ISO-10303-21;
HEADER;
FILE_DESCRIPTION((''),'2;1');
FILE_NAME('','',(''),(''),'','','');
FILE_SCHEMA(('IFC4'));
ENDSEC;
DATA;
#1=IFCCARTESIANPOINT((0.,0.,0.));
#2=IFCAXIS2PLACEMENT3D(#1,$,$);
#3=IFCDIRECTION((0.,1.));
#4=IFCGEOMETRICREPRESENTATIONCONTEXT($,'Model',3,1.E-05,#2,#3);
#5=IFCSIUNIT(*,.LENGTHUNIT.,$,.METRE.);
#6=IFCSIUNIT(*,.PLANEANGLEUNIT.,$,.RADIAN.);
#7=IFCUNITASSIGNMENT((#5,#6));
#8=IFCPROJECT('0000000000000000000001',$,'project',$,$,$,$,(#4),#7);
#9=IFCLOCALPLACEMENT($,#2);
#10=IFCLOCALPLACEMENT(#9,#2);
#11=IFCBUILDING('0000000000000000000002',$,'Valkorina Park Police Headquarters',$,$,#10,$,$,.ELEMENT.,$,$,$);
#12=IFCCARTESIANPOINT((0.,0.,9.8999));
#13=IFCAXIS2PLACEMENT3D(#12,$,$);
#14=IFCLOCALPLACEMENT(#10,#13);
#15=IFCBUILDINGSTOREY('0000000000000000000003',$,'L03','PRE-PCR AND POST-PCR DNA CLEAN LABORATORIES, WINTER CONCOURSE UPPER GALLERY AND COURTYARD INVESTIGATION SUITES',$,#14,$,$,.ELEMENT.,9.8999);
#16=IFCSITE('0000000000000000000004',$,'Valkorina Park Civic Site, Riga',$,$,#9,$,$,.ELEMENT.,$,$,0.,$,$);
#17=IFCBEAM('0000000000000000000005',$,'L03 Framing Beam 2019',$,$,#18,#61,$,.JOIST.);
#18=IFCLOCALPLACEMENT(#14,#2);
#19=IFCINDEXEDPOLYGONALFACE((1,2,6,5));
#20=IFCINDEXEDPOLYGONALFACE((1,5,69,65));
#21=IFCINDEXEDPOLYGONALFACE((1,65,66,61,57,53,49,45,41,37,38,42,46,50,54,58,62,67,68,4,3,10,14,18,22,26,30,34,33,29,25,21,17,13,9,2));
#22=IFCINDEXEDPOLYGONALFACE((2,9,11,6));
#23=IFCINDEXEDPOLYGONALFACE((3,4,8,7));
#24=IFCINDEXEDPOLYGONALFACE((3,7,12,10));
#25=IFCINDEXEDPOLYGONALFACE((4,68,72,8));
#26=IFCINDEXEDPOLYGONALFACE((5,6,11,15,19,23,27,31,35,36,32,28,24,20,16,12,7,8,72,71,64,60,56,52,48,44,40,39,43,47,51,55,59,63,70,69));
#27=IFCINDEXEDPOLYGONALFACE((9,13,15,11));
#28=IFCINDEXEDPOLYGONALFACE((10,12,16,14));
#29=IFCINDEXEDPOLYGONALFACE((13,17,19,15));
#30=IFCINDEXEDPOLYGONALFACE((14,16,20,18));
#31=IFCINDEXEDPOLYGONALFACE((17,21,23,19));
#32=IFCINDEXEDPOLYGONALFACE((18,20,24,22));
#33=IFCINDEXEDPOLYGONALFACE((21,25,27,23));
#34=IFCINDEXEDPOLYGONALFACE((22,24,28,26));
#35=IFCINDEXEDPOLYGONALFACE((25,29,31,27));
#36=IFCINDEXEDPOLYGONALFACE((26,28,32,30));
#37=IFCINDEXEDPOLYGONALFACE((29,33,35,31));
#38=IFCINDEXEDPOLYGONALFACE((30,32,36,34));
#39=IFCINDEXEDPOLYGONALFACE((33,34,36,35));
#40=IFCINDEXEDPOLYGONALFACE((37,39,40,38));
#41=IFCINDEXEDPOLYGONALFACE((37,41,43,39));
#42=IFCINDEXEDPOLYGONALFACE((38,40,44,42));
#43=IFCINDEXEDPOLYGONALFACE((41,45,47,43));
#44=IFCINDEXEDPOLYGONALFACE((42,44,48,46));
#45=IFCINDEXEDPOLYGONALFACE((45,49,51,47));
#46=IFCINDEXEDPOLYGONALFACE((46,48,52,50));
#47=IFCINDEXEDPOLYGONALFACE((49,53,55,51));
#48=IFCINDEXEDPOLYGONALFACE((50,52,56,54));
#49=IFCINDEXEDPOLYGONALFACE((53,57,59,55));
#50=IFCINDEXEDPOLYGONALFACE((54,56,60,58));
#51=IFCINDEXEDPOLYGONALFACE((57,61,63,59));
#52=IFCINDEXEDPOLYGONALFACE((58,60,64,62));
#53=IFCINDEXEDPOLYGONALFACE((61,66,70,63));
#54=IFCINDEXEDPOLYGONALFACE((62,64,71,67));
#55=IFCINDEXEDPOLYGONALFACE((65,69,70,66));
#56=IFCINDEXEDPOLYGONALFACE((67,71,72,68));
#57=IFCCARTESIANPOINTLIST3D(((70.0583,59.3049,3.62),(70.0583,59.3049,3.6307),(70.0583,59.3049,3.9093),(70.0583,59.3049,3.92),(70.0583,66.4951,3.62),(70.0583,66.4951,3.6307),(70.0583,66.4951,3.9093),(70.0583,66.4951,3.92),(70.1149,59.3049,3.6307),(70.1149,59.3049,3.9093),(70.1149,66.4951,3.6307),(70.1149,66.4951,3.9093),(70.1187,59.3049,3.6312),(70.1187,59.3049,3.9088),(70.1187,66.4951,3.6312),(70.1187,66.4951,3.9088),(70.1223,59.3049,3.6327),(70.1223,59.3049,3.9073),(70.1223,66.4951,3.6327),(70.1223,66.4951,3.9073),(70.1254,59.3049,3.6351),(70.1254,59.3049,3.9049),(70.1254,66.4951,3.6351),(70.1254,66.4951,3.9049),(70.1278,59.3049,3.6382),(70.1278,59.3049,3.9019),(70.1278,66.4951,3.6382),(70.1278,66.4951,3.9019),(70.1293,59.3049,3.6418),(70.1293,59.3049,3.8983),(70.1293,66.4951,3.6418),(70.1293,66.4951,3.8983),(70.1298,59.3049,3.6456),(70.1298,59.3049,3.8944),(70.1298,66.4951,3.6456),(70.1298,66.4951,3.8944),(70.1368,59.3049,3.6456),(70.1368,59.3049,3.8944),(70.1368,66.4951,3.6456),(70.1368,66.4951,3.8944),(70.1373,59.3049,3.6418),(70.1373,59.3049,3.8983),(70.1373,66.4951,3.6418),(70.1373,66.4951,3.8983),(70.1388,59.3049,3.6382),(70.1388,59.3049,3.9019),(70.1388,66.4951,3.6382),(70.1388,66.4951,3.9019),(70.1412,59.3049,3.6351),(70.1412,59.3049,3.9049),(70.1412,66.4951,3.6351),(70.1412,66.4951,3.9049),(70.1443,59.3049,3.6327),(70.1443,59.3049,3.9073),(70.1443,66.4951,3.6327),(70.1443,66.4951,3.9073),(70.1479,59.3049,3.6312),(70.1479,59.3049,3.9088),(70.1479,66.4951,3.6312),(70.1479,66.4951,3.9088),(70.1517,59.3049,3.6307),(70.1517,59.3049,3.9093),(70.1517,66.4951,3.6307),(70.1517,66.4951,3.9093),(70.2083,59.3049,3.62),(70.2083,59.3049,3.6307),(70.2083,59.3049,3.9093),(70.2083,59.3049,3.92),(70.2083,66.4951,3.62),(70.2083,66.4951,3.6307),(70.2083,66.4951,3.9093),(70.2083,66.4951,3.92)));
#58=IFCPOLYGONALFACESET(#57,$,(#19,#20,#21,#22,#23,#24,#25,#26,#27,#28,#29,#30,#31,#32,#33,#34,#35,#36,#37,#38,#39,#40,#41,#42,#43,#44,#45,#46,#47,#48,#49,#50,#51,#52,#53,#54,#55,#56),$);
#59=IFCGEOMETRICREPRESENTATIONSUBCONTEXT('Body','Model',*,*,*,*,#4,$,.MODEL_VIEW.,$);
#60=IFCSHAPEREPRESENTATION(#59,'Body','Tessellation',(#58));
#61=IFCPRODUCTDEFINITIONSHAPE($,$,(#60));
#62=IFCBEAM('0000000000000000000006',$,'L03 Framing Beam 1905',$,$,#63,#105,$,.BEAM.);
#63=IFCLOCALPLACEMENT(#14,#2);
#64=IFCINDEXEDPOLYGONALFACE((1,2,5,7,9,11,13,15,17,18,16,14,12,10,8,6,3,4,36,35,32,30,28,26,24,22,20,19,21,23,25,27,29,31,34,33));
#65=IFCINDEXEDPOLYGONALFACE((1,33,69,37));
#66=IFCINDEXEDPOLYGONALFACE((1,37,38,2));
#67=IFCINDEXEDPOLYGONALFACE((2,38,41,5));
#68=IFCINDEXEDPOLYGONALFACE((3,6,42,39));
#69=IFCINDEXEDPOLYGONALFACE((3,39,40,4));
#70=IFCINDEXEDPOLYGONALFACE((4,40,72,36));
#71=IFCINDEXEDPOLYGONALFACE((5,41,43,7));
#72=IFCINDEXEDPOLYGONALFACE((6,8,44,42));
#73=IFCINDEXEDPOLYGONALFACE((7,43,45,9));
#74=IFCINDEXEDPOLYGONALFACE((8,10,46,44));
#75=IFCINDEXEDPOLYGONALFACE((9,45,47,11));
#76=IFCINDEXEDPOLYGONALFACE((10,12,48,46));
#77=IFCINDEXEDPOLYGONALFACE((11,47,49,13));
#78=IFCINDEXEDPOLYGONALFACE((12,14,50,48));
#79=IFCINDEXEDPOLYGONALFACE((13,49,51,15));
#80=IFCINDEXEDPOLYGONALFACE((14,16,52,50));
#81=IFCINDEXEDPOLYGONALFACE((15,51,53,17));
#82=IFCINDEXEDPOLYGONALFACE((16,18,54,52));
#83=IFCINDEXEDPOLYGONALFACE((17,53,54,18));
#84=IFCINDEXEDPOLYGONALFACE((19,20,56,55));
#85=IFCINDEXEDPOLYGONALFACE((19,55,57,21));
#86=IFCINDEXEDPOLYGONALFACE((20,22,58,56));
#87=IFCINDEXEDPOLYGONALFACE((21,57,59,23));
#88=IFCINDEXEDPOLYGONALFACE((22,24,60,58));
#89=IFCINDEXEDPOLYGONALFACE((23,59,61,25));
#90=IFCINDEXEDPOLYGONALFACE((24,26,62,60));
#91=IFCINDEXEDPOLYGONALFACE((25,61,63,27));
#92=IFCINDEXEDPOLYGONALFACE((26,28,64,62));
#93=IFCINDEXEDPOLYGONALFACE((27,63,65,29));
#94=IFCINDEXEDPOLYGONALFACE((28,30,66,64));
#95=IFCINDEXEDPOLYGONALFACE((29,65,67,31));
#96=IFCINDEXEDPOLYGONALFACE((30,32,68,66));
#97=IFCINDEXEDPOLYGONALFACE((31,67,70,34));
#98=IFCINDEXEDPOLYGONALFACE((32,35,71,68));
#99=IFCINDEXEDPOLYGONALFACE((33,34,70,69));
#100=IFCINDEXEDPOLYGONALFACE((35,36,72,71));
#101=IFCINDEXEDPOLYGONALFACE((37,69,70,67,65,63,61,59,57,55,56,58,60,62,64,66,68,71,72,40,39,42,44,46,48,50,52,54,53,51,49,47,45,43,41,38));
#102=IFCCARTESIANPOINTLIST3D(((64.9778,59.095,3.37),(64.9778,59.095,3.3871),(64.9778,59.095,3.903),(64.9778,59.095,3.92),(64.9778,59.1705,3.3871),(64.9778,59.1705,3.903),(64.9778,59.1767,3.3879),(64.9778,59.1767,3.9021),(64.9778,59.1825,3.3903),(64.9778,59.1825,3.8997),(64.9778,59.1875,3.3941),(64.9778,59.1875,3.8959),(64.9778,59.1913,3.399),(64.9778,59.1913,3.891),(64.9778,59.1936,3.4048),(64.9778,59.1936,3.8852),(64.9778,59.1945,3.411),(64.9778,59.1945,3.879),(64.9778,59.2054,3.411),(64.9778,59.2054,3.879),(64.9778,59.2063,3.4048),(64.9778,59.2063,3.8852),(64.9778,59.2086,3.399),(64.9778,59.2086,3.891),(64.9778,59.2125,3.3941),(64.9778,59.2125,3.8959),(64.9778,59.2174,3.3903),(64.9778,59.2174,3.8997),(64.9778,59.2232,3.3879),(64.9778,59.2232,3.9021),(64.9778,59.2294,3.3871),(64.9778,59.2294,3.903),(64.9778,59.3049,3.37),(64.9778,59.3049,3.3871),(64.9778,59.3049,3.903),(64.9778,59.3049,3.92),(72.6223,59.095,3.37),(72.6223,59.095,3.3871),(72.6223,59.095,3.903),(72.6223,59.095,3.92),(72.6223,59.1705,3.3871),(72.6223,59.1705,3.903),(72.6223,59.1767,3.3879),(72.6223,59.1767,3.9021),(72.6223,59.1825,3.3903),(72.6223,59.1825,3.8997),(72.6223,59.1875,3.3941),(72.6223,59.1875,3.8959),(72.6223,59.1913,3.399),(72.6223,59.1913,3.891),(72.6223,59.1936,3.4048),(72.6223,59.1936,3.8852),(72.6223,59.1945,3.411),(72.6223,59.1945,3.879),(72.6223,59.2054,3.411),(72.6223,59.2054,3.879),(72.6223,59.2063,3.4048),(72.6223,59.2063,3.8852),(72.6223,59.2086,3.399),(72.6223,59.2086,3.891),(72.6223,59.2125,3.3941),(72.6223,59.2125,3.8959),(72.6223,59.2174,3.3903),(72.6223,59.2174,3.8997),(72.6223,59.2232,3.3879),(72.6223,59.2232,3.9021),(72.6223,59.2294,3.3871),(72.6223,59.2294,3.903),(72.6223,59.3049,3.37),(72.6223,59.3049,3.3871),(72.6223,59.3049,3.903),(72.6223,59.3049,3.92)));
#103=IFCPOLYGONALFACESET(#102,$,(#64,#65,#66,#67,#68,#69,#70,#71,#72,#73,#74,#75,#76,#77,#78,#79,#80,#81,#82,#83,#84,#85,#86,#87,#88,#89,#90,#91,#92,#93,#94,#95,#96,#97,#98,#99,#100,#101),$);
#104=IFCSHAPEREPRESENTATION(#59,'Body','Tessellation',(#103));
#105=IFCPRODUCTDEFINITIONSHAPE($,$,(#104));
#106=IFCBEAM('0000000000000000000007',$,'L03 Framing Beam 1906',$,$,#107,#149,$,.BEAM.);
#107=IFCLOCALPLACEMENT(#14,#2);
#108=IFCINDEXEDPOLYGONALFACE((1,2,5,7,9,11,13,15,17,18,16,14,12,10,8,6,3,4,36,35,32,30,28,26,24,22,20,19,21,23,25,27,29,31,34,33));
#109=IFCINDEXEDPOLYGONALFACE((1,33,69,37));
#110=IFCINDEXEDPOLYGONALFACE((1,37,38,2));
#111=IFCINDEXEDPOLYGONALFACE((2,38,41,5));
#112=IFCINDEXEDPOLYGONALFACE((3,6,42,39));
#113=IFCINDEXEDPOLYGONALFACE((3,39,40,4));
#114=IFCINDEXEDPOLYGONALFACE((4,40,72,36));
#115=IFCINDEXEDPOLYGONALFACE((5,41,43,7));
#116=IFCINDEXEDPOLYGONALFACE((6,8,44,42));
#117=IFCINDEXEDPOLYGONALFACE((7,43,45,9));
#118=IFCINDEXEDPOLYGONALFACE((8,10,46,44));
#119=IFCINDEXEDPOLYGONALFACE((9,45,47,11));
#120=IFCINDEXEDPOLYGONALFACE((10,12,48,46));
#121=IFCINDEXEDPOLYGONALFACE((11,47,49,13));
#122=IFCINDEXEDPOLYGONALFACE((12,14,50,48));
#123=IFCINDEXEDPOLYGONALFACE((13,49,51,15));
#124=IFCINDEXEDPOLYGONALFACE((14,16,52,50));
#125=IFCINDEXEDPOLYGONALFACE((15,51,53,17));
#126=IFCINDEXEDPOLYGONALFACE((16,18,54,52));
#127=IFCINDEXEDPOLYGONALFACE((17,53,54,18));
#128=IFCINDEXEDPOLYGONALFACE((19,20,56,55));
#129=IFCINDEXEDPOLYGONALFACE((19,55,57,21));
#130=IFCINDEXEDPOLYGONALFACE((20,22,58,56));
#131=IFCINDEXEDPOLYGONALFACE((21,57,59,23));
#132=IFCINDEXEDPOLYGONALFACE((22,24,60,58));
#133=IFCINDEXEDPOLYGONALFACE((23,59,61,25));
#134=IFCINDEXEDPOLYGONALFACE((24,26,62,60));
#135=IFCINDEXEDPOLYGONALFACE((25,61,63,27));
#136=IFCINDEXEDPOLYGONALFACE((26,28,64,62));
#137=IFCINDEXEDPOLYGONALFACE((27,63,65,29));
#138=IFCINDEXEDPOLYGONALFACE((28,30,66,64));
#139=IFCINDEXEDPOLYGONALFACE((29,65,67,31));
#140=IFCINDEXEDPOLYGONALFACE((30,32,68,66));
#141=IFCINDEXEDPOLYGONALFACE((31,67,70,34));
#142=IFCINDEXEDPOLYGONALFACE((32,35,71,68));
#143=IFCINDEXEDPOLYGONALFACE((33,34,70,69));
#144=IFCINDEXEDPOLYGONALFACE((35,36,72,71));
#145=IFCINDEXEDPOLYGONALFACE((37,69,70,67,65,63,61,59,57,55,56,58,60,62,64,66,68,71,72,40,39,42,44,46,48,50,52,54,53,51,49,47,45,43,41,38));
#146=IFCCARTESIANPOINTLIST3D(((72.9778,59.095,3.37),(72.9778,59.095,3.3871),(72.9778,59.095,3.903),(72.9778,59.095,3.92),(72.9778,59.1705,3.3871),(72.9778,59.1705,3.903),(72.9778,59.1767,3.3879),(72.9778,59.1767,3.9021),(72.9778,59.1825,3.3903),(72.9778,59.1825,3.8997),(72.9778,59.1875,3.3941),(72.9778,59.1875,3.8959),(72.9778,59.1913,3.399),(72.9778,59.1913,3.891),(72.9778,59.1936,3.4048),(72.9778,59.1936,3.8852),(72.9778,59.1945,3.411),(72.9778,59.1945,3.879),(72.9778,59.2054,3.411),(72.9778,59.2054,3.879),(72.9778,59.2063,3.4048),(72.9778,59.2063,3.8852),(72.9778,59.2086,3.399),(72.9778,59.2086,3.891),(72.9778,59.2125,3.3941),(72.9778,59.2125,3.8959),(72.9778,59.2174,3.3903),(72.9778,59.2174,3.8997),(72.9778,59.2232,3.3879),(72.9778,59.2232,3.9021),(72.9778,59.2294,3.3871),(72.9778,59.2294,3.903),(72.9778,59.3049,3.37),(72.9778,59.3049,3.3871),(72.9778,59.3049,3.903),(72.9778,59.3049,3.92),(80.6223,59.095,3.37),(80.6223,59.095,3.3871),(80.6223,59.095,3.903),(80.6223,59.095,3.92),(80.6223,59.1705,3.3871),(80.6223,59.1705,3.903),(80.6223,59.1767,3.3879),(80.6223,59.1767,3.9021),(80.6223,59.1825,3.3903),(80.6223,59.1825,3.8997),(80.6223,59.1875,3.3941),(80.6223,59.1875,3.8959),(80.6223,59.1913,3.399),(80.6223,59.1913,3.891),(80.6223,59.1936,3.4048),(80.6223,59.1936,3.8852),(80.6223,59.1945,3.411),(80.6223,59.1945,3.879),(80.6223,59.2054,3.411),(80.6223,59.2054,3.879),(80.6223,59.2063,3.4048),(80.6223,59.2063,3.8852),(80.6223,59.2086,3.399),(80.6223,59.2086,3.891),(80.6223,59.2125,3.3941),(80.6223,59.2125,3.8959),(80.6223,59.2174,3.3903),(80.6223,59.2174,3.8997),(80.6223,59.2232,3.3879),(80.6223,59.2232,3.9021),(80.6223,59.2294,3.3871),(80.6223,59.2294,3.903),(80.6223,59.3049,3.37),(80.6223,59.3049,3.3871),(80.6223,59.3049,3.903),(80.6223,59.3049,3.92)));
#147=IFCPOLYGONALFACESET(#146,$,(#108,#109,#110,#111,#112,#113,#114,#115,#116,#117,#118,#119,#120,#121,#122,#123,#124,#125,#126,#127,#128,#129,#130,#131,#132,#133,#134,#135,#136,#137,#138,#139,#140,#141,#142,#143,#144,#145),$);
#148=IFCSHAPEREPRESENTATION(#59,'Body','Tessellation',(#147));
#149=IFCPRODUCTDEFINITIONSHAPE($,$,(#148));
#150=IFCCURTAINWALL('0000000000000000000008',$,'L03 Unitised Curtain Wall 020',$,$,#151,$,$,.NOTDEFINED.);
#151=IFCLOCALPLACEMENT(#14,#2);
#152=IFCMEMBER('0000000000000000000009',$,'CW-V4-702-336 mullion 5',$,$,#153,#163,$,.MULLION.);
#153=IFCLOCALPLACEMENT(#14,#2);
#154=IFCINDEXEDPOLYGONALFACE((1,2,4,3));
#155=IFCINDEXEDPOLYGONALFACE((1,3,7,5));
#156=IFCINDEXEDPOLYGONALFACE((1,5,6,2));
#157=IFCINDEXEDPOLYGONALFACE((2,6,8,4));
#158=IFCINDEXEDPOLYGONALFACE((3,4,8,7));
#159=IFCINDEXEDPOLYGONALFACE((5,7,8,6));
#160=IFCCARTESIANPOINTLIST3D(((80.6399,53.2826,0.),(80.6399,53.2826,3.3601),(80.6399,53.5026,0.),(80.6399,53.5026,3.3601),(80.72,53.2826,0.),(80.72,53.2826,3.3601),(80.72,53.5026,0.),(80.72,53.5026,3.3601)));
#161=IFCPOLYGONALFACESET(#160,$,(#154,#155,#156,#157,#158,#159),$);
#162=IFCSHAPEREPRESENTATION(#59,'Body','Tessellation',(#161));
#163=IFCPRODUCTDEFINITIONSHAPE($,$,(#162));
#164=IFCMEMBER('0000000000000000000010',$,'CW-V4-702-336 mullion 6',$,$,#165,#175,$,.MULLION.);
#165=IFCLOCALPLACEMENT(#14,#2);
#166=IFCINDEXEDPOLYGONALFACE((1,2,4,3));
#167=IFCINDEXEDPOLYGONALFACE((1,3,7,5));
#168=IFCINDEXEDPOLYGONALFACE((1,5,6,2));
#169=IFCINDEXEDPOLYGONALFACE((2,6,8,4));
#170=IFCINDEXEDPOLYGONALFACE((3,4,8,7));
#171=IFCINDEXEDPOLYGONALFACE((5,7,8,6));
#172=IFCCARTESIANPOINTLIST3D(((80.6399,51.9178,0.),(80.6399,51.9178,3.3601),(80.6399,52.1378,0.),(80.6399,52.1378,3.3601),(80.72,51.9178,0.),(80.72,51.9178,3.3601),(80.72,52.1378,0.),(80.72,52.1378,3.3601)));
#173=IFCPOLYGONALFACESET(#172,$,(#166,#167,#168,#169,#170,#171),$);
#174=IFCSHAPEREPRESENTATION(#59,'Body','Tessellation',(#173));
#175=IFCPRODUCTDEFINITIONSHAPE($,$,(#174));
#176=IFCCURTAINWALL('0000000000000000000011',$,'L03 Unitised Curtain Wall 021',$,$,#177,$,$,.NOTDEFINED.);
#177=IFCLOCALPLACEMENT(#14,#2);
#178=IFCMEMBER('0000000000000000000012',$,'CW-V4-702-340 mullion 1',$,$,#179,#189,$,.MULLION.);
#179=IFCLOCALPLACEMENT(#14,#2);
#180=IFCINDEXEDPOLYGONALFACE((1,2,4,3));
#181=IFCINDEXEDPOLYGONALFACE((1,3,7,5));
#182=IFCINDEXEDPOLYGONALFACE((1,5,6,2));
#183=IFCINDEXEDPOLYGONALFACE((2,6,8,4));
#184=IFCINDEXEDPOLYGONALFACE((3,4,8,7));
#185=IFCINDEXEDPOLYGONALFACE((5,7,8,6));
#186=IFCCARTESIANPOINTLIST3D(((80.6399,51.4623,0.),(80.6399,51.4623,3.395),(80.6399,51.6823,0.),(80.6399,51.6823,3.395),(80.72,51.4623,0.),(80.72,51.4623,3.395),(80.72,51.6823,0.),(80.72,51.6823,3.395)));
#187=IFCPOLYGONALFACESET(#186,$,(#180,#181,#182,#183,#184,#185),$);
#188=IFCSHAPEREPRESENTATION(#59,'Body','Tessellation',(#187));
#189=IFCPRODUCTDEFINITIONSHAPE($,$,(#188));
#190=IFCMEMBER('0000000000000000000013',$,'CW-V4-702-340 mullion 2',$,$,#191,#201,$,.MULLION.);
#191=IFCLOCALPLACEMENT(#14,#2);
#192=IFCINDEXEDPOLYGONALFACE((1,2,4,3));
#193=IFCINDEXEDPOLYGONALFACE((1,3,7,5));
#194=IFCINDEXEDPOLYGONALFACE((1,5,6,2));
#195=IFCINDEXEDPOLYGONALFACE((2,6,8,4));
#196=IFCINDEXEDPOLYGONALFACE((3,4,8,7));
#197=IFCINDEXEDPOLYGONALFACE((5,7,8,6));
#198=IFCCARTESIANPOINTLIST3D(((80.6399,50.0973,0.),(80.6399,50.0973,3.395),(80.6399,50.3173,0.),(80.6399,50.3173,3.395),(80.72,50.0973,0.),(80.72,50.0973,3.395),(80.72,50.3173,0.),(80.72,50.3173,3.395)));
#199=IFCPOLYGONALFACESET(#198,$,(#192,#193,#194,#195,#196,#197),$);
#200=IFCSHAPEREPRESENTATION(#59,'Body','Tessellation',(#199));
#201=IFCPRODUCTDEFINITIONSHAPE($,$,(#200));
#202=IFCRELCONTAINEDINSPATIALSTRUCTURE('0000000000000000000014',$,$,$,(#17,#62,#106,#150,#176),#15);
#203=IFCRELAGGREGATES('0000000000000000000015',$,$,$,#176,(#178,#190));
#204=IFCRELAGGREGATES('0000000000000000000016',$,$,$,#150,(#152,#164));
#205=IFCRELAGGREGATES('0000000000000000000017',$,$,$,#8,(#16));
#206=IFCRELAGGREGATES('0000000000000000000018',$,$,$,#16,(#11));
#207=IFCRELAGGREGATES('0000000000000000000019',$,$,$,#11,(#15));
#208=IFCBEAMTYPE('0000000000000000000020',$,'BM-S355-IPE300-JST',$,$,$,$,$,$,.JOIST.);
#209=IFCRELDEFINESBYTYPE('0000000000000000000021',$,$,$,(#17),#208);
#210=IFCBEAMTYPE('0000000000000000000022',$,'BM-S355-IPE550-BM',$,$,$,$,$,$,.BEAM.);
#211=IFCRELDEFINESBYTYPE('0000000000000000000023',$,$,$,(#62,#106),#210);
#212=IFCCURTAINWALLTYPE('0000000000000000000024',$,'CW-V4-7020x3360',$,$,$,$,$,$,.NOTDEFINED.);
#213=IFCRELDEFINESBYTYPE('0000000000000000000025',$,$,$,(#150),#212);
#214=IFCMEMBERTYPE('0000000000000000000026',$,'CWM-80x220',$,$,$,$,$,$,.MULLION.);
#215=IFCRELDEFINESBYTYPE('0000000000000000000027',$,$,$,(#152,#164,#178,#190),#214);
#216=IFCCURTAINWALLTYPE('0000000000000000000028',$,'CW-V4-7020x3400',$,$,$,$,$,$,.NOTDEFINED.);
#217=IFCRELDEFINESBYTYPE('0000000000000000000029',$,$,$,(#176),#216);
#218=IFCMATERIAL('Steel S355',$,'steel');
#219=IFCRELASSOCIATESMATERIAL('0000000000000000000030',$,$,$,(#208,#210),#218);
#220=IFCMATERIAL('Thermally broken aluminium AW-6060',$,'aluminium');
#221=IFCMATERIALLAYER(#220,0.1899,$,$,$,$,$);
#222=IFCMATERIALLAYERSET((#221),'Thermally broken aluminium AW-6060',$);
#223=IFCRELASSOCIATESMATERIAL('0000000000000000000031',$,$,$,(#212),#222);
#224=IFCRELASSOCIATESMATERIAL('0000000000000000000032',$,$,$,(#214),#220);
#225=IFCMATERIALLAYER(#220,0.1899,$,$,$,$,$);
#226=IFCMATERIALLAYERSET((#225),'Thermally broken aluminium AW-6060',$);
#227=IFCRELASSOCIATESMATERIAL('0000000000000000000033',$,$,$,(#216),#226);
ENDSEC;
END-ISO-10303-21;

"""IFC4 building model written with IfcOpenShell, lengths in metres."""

from ifc_helpers import new_model, si_unit, direction, frame, origin, origin_2d, place, context, subcontext, project, spatial, rectangle, i_section, extrude, material, layer, layer_set, material_profile, profile_set, type_object, element, aggregate, save


model = new_model("IFC4")

# Units and contexts
model_context = context("Model", 3, precision=1e-05, world=origin(), true_north=direction((0.0, 1.0)))
body_context = subcontext(model_context, "Body", "Model", "MODEL_VIEW")
ifc_project = project(units=[si_unit("LENGTHUNIT", "METRE"), si_unit("PLANEANGLEUNIT", "RADIAN")], contexts=[model_context])

# Site, building, storey
site_placement = place(None, origin())
site = spatial("IfcSite", under=ifc_project, at=site_placement, Name="Valkorina Park Civic Site, Riga", CompositionType="ELEMENT", RefElevation=0.0)
building_placement = place(site_placement, origin())
building = spatial("IfcBuilding", under=site, at=building_placement, Name="Valkorina Park Police Headquarters", CompositionType="ELEMENT")
storey_placement = place(building_placement, frame((0.0, 0.0, 9.8999)))
storey = spatial("IfcBuildingStorey", under=building, at=storey_placement, Name="L03", Description="PRE-PCR AND POST-PCR DNA CLEAN LABORATORIES, WINTER CONCOURSE UPPER GALLERY AND COURTYARD INVESTIGATION SUITES", CompositionType="ELEMENT", Elevation=9.8999)

# Shared definitions
ifc_material_1 = material(Name="Steel S355", Category="steel")

# Beams
ifc_material_profile_1 = material_profile(ifc_material_1, i_section(OverallWidth=0.1499, OverallDepth=0.3, WebThickness=0.0071, FlangeThickness=0.0107, FilletRadius=0.0149, at=origin_2d()), Name="IPE 300")
ifc_profile_set_1 = profile_set([ifc_material_profile_1], Name="Steel S355")
beam_type_1 = type_object("IfcBeamType", Name="BM-S355-IPE300-JST", PredefinedType="JOIST", material=ifc_profile_set_1)
for number, where, z_axis, x_axis, name in (
    (1, (70.1333, 59.3049, 3.77), (0.0, 1.0, 0.0), (-1.0, 0.0, 0.0), "L03 Framing Beam 2019"),
):
    element("IfcBeam", number, at=place(storey_placement, frame(where, z_axis=z_axis, x_axis=x_axis)), inside=storey, type_object=beam_type_1, Name=name, PredefinedType="JOIST", context=body_context, shape_type="SweptSolid", body=[
        extrude(i_section(OverallWidth=0.1499, OverallDepth=0.3, WebThickness=0.0071, FlangeThickness=0.0107, FilletRadius=0.0149, at=origin_2d()), origin(), (0.0, 0.0, 1.0), 7.1902),
    ])
ifc_material_profile_2 = material_profile(ifc_material_1, i_section(OverallWidth=0.21, OverallDepth=0.55, WebThickness=0.011, FlangeThickness=0.0171, FilletRadius=0.0239, at=origin_2d()), Name="IPE 550")
ifc_profile_set_2 = profile_set([ifc_material_profile_2], Name="Steel S355")
beam_type_2 = type_object("IfcBeamType", Name="BM-S355-IPE550-BM", PredefinedType="BEAM", material=ifc_profile_set_2)
for number, where, z_axis, x_axis, name in (
    (2, (64.9778, 59.2, 3.645), (1.0, 0.0, 0.0), (0.0, 1.0, 0.0), "L03 Framing Beam 1905"),
    (3, (72.9778, 59.2, 3.645), (1.0, 0.0, 0.0), (0.0, 1.0, 0.0), "L03 Framing Beam 1906"),
):
    element("IfcBeam", number, at=place(storey_placement, frame(where, z_axis=z_axis, x_axis=x_axis)), inside=storey, type_object=beam_type_2, Name=name, PredefinedType="BEAM", context=body_context, shape_type="SweptSolid", body=[
        extrude(i_section(OverallWidth=0.21, OverallDepth=0.55, WebThickness=0.011, FlangeThickness=0.0171, FilletRadius=0.0239, at=origin_2d()), origin(), (0.0, 0.0, 1.0), 7.6445),
    ])

# Curtain walls, members
ifc_material_2 = material(Name="Thermally broken aluminium AW-6060", Category="aluminium")
ifc_layer_1 = layer(ifc_material_2, 0.1899)
ifc_layer_set_1 = layer_set([ifc_layer_1], Name="Thermally broken aluminium AW-6060")
curtain_wall_type_1 = type_object("IfcCurtainWallType", Name="CW-V4-7020x3360", PredefinedType="NOTDEFINED", material=ifc_layer_set_1)
curtain_wall_1_placement = place(storey_placement, origin())
curtain_wall_1 = element("IfcCurtainWall", 4, at=curtain_wall_1_placement, inside=storey, type_object=curtain_wall_type_1, Name="L03 Unitised Curtain Wall 020", PredefinedType="NOTDEFINED")
ifc_material_profile_3 = material_profile(ifc_material_2, rectangle(XDim=0.0801, YDim=0.22, at=origin_2d()), Name="CWM-03 80x220")
ifc_profile_set_3 = profile_set([ifc_material_profile_3], Name="Thermally broken aluminium AW-6060")
member_type_1 = type_object("IfcMemberType", Name="CWM-80x220", PredefinedType="MULLION", material=ifc_profile_set_3)
member_1_placement = place(storey_placement, frame((80.6799, 53.3926, 0.0), z_axis=(0.0, 0.0, 1.0), x_axis=(1.0, 0.0, 0.0)))
member_1 = element("IfcMember", 5, at=member_1_placement, type_object=member_type_1, Name="CW-V4-702-336 mullion 5", PredefinedType="MULLION", context=body_context, shape_type="SweptSolid", body=[
    extrude(rectangle(XDim=0.0801, YDim=0.22, at=origin_2d()), origin(), (0.0, 0.0, 1.0), 3.3601),
])
member_2_placement = place(storey_placement, frame((80.6799, 52.0278, 0.0), z_axis=(0.0, 0.0, 1.0), x_axis=(1.0, 0.0, 0.0)))
member_2 = element("IfcMember", 6, at=member_2_placement, type_object=member_type_1, Name="CW-V4-702-336 mullion 6", PredefinedType="MULLION", context=body_context, shape_type="SweptSolid", body=[
    extrude(rectangle(XDim=0.0801, YDim=0.22, at=origin_2d()), origin(), (0.0, 0.0, 1.0), 3.3601),
])
ifc_layer_2 = layer(ifc_material_2, 0.1899)
ifc_layer_set_2 = layer_set([ifc_layer_2], Name="Thermally broken aluminium AW-6060")
curtain_wall_type_2 = type_object("IfcCurtainWallType", Name="CW-V4-7020x3400", PredefinedType="NOTDEFINED", material=ifc_layer_set_2)
curtain_wall_2_placement = place(storey_placement, origin())
curtain_wall_2 = element("IfcCurtainWall", 7, at=curtain_wall_2_placement, inside=storey, type_object=curtain_wall_type_2, Name="L03 Unitised Curtain Wall 021", PredefinedType="NOTDEFINED")
member_3_placement = place(storey_placement, frame((80.6799, 51.5723, 0.0), z_axis=(0.0, 0.0, 1.0), x_axis=(1.0, 0.0, 0.0)))
member_3 = element("IfcMember", 8, at=member_3_placement, type_object=member_type_1, Name="CW-V4-702-340 mullion 1", PredefinedType="MULLION", context=body_context, shape_type="SweptSolid", body=[
    extrude(rectangle(XDim=0.0801, YDim=0.22, at=origin_2d()), origin(), (0.0, 0.0, 1.0), 3.395),
])
member_4_placement = place(storey_placement, frame((80.6799, 50.2073, 0.0), z_axis=(0.0, 0.0, 1.0), x_axis=(1.0, 0.0, 0.0)))
member_4 = element("IfcMember", 9, at=member_4_placement, type_object=member_type_1, Name="CW-V4-702-340 mullion 2", PredefinedType="MULLION", context=body_context, shape_type="SweptSolid", body=[
    extrude(rectangle(XDim=0.0801, YDim=0.22, at=origin_2d()), origin(), (0.0, 0.0, 1.0), 3.395),
])

aggregate(curtain_wall_2, [member_3, member_4])

aggregate(curtain_wall_1, [member_1, member_2])

save(model, "model.ifc")
